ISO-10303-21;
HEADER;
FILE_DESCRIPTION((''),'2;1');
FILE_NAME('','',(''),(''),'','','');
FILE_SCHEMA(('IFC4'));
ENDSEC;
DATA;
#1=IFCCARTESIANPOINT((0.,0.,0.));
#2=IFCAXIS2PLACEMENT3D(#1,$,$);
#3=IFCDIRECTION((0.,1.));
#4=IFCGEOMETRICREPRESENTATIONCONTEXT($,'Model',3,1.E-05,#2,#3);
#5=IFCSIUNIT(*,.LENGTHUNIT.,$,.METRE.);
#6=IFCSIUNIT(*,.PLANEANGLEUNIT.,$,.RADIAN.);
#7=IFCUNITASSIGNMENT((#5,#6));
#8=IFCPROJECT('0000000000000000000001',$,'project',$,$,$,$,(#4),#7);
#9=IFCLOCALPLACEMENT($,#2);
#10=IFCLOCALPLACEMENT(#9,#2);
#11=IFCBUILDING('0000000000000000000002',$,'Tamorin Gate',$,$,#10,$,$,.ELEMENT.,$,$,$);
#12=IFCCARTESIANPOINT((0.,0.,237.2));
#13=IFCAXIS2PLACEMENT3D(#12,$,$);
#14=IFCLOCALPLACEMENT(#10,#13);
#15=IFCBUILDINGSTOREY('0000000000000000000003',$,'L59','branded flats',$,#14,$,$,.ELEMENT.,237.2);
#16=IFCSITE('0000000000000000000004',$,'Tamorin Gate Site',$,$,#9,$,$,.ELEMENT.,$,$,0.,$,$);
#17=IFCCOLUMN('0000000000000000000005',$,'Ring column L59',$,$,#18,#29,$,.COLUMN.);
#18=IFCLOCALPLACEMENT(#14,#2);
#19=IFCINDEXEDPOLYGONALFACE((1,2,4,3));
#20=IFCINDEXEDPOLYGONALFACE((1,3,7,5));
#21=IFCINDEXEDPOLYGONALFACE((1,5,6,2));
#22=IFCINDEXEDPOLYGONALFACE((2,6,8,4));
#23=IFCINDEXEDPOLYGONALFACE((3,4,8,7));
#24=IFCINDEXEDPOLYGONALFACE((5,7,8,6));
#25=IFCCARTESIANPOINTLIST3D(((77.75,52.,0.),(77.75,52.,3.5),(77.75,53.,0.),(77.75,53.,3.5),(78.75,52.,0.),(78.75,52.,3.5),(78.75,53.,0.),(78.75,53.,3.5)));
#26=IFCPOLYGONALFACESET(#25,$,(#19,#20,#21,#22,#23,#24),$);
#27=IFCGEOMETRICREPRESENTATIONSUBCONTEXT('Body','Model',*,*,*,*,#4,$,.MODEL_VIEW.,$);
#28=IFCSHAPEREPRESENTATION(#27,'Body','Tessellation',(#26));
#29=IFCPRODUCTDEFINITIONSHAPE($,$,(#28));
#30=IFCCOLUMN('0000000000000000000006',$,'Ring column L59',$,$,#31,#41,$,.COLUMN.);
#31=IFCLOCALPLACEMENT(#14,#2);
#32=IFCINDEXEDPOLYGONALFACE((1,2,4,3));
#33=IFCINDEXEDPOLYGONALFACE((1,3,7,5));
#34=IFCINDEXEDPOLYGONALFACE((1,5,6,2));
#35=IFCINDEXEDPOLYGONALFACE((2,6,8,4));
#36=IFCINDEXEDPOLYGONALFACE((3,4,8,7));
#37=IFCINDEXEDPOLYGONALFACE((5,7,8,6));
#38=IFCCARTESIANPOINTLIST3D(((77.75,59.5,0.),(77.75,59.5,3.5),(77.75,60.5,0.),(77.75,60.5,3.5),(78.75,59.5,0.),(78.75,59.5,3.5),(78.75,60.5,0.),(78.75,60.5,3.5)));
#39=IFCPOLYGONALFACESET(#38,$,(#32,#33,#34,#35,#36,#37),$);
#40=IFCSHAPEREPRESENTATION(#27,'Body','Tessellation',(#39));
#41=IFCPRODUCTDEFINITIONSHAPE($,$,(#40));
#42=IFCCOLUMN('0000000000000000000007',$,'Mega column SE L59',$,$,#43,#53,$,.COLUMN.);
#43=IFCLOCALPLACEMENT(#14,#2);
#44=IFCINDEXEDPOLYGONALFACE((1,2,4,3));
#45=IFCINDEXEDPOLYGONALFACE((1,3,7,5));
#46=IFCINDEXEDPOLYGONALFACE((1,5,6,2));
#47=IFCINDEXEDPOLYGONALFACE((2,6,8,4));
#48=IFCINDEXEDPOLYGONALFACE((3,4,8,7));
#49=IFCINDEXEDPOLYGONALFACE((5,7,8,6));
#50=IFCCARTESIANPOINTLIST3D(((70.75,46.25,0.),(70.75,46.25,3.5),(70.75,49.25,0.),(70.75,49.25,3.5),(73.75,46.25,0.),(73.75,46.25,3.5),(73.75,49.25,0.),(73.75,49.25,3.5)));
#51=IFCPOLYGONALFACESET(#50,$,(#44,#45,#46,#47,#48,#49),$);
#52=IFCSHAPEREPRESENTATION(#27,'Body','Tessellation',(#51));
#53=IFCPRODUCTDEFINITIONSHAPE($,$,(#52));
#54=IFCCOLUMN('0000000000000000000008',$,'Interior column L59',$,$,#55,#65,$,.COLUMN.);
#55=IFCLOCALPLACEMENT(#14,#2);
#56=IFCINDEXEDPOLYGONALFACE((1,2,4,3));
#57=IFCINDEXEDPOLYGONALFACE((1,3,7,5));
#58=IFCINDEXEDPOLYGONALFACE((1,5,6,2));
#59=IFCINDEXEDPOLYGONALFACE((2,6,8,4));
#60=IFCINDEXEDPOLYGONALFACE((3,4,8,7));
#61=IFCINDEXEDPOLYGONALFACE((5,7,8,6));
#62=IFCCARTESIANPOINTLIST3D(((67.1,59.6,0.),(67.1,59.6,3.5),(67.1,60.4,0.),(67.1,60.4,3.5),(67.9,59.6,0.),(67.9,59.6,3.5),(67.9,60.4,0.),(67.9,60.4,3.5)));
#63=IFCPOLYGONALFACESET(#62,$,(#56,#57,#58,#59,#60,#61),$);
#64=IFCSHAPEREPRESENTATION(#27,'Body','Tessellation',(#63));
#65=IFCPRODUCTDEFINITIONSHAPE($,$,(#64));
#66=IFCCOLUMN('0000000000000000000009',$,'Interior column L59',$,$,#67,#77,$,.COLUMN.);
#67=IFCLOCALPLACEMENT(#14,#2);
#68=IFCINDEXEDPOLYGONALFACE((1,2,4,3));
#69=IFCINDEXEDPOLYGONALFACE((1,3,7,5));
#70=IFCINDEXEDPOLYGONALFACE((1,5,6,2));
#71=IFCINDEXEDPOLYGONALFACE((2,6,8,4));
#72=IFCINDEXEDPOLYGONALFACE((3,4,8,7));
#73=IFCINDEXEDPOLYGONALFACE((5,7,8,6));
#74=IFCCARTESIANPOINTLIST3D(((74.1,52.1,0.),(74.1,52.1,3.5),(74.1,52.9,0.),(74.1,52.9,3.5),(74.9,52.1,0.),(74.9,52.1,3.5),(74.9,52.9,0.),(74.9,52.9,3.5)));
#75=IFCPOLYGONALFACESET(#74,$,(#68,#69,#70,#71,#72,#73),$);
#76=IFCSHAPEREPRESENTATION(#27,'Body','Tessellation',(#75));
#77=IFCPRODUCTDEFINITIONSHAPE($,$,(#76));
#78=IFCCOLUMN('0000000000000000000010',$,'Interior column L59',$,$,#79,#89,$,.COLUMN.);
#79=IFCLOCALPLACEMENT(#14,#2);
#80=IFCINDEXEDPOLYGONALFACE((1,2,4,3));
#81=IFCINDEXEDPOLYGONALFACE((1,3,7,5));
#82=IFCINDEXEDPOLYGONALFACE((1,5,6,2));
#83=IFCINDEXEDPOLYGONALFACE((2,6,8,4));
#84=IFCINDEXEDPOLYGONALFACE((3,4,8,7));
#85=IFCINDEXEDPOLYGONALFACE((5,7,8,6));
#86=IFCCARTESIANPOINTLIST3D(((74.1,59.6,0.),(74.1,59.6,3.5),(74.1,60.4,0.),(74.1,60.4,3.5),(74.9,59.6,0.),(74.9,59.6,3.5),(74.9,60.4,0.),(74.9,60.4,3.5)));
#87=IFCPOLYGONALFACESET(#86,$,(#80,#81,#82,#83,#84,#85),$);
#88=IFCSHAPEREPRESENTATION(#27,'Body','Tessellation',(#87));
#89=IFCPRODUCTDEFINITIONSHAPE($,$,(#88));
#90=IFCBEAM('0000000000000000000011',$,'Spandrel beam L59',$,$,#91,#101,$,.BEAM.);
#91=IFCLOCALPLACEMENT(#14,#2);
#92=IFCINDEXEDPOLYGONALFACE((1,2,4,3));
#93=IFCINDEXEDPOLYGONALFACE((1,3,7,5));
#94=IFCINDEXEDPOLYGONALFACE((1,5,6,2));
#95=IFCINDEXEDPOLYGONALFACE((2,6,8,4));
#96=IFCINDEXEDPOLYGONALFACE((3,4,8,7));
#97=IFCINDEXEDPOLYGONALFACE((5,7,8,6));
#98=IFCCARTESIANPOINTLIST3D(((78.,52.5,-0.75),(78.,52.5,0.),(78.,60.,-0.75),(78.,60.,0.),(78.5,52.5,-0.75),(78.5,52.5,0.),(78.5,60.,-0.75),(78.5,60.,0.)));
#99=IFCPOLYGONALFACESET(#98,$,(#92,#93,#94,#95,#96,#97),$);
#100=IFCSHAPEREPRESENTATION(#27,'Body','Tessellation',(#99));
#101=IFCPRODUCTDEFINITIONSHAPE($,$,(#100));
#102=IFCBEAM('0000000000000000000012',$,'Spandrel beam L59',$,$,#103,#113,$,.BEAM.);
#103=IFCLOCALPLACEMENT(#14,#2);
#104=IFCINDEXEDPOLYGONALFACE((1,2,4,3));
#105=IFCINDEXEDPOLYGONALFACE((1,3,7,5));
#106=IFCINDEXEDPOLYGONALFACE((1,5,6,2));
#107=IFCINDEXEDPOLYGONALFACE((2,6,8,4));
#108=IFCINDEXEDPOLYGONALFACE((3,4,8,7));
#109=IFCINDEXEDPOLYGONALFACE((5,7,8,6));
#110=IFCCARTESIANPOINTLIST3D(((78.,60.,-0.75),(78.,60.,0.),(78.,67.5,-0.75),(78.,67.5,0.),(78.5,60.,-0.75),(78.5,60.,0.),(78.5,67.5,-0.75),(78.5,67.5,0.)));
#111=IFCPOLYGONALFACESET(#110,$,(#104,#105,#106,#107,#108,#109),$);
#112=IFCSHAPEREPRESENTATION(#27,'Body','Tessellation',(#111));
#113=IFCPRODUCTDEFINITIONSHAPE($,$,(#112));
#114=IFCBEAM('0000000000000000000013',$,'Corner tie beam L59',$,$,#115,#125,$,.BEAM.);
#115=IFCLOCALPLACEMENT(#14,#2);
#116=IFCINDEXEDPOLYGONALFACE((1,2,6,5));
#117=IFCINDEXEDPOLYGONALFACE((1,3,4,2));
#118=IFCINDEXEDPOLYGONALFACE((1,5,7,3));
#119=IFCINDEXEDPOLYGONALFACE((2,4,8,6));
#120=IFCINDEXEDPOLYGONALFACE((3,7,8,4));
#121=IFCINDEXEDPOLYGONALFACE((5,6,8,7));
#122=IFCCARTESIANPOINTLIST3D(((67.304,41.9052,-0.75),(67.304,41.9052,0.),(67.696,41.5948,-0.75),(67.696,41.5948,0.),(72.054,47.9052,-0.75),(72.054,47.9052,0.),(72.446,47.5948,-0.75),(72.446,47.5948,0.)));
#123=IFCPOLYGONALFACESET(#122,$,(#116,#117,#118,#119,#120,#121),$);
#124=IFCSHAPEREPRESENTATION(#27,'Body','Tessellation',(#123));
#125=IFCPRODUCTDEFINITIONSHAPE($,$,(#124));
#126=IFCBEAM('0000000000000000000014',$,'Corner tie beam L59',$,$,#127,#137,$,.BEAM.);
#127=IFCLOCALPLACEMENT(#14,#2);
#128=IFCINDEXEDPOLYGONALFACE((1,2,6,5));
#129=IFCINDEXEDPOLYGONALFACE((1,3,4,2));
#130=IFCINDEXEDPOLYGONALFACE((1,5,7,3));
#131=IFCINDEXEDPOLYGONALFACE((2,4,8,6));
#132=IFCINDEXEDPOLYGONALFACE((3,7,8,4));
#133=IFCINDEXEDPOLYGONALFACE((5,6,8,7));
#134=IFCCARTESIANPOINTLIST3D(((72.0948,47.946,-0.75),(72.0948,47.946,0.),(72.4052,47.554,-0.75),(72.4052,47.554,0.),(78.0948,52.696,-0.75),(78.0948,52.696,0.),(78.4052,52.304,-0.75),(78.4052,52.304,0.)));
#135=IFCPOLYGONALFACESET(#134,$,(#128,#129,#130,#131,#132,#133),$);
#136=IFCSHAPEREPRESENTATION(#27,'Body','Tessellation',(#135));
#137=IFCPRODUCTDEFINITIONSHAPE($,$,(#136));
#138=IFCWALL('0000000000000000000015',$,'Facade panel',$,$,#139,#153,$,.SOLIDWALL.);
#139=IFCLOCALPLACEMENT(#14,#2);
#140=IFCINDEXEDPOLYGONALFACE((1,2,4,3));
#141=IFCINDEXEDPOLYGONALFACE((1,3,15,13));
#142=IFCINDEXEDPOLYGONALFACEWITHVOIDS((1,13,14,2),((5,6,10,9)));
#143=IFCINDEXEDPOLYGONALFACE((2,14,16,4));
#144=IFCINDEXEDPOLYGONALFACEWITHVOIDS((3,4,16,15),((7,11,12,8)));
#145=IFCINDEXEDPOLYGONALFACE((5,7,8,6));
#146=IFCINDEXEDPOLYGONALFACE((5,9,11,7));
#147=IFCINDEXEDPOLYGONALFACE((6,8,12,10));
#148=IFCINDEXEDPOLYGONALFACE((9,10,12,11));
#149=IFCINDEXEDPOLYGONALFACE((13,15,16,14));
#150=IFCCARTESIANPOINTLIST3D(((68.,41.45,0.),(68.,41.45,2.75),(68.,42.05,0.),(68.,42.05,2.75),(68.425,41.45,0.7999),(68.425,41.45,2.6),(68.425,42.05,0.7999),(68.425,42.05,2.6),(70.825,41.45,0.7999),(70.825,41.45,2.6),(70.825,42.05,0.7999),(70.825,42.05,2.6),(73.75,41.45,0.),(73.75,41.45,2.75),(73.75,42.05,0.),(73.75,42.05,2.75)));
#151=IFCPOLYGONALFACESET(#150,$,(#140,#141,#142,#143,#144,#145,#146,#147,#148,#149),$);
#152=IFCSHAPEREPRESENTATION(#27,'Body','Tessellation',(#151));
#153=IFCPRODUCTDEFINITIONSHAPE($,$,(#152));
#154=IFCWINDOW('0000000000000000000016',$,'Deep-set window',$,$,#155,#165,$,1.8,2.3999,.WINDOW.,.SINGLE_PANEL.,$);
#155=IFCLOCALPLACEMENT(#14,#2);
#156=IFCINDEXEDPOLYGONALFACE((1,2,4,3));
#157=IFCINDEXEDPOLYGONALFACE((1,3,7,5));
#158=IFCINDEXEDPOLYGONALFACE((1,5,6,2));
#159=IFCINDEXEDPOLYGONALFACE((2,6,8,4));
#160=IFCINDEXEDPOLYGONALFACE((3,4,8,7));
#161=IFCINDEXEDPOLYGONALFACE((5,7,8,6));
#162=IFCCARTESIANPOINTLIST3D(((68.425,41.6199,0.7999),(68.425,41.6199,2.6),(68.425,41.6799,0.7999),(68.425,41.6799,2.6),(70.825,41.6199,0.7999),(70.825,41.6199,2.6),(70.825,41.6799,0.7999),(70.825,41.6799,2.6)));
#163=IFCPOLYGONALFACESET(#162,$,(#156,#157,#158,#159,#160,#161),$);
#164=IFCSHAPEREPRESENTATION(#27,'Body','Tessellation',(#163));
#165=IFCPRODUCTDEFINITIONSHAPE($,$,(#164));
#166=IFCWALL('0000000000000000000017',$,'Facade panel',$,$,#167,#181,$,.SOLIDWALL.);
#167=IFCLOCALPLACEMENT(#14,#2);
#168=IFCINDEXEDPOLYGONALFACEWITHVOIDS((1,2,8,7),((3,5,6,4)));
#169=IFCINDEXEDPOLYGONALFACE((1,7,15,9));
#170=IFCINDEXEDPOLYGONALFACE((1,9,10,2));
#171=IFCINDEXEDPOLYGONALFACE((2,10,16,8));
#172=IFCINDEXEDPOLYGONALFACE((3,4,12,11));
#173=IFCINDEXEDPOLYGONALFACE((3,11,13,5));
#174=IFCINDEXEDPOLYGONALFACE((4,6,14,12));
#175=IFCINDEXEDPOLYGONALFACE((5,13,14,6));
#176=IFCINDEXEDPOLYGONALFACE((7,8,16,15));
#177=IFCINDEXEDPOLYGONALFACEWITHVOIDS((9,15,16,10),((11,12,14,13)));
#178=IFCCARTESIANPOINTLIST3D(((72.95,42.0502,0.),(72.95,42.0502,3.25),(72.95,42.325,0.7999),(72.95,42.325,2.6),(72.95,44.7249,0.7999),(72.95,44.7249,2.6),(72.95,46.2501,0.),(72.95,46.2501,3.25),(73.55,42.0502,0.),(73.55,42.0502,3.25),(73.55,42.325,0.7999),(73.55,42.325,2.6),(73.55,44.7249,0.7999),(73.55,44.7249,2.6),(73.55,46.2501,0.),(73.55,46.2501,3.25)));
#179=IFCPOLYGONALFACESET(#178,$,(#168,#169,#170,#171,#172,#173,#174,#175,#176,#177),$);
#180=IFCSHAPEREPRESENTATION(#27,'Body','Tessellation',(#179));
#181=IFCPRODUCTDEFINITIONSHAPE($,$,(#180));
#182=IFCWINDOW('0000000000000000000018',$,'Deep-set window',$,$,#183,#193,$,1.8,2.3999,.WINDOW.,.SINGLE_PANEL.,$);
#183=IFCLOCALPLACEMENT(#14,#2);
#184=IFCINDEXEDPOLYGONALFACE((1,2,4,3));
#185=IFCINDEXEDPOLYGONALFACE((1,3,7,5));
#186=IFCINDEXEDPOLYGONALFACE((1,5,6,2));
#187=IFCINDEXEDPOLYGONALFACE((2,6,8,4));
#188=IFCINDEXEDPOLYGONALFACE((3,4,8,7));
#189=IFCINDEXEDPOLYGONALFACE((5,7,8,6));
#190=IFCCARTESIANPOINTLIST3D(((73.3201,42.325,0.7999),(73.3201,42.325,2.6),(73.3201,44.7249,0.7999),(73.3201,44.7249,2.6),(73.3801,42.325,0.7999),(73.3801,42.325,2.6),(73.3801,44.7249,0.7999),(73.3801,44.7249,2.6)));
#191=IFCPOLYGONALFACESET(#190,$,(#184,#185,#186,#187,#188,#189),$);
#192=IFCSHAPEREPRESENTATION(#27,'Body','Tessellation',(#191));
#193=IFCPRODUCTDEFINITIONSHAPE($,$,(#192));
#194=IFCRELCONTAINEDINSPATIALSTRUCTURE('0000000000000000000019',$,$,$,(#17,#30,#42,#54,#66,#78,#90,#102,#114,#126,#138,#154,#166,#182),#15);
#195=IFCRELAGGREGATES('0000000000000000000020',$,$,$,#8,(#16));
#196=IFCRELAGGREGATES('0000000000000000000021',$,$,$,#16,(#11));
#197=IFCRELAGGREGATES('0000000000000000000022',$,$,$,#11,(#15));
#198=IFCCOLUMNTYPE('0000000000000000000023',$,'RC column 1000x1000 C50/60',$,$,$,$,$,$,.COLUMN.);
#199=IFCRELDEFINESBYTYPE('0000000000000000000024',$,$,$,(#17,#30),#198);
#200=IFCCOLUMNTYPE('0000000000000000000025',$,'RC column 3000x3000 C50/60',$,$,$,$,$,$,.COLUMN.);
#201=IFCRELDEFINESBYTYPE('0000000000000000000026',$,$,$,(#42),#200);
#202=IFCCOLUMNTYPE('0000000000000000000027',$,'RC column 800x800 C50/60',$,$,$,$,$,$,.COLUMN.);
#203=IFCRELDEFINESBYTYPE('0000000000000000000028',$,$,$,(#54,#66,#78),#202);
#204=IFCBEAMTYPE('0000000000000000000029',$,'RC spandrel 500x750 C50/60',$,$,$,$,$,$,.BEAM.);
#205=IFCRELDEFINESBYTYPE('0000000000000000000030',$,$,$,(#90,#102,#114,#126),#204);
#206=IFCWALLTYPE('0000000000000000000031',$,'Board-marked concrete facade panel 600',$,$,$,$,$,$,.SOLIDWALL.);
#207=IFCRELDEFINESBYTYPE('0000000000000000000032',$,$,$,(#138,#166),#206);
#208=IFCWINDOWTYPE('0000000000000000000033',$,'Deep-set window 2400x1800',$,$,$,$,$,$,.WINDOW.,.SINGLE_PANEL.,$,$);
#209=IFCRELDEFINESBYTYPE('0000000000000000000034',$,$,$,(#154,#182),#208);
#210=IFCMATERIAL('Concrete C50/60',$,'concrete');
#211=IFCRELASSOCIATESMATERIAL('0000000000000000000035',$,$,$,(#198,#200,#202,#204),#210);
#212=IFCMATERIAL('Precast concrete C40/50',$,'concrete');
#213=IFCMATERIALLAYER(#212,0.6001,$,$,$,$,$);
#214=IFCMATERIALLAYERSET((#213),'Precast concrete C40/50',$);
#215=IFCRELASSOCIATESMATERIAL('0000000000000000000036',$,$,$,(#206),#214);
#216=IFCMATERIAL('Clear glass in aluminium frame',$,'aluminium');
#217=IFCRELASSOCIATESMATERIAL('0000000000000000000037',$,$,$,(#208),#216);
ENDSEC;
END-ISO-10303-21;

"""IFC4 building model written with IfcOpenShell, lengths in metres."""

from ifc_helpers import new_model, si_unit, direction, frame, frame_2d, origin, origin_2d, place, context, subcontext, project, spatial, rectangle, extrude, material, layer, layer_set, material_profile, profile_set, type_object, element, fill, save


model = new_model("IFC4")

# Units and contexts
model_context = context("Model", 3, precision=1e-05, world=origin(), true_north=direction((0.0, 1.0)))
body_context = subcontext(model_context, "Body", "Model", "MODEL_VIEW")
ifc_project = project(units=[si_unit("LENGTHUNIT", "METRE"), si_unit("PLANEANGLEUNIT", "RADIAN")], contexts=[model_context])

# Site, building, storey
site_placement = place(None, origin())
site = spatial("IfcSite", under=ifc_project, at=site_placement, Name="Tamorin Gate Site", CompositionType="ELEMENT", RefElevation=0.0)
building_placement = place(site_placement, origin())
building = spatial("IfcBuilding", under=site, at=building_placement, Name="Tamorin Gate", CompositionType="ELEMENT")
storey_placement = place(building_placement, frame((0.0, 0.0, 237.2)))
storey = spatial("IfcBuildingStorey", under=building, at=storey_placement, Name="L59", Description="branded flats", CompositionType="ELEMENT", Elevation=237.2)

# Columns
ifc_material_1 = material(Name="Concrete C50/60", Category="concrete")
ifc_material_profile_1 = material_profile(ifc_material_1, rectangle(XDim=1.0, YDim=1.0, at=origin_2d()), Name="RC 1000x1000")
ifc_profile_set_1 = profile_set([ifc_material_profile_1], Name="Concrete C50/60")
column_type_1 = type_object("IfcColumnType", Name="RC column 1000x1000 C50/60", PredefinedType="COLUMN", material=ifc_profile_set_1)
for number, where, z_axis, x_axis, name in (
    (1, (78.25, 52.5, 0.0), (0.0, 0.0, 1.0), (1.0, 0.0, 0.0), "Ring column L59"),
    (2, (78.25, 60.0, 0.0), (0.0, 0.0, 1.0), (1.0, 0.0, 0.0), "Ring column L59"),
):
    element("IfcColumn", number, at=place(storey_placement, frame(where, z_axis=z_axis, x_axis=x_axis)), inside=storey, type_object=column_type_1, Name=name, PredefinedType="COLUMN", context=body_context, shape_type="SweptSolid", body=[
        extrude(rectangle(XDim=1.0, YDim=1.0, at=origin_2d()), origin(), (0.0, 0.0, 1.0), 3.5),
    ])
ifc_material_profile_2 = material_profile(ifc_material_1, rectangle(XDim=3.0, YDim=3.0, at=origin_2d()), Name="RC 3000x3000")
ifc_profile_set_2 = profile_set([ifc_material_profile_2], Name="Concrete C50/60")
column_type_2 = type_object("IfcColumnType", Name="RC column 3000x3000 C50/60", PredefinedType="COLUMN", material=ifc_profile_set_2)
column_placement = place(storey_placement, frame((72.25, 47.75, 0.0), z_axis=(0.0, 0.0, 1.0), x_axis=(1.0, 0.0, 0.0)))
element("IfcColumn", 3, at=column_placement, inside=storey, type_object=column_type_2, Name="Mega column SE L59", PredefinedType="COLUMN", context=body_context, shape_type="SweptSolid", body=[
    extrude(rectangle(XDim=3.0, YDim=3.0, at=origin_2d()), origin(), (0.0, 0.0, 1.0), 3.5),
])
ifc_material_profile_3 = material_profile(ifc_material_1, rectangle(XDim=0.8, YDim=0.8, at=origin_2d()), Name="RC 800x800")
ifc_profile_set_3 = profile_set([ifc_material_profile_3], Name="Concrete C50/60")
column_type_3 = type_object("IfcColumnType", Name="RC column 800x800 C50/60", PredefinedType="COLUMN", material=ifc_profile_set_3)
for number, where, z_axis, x_axis, name in (
    (4, (67.5, 60.0, 0.0), (0.0, 0.0, 1.0), (1.0, 0.0, 0.0), "Interior column L59"),
    (5, (74.5, 52.5, 0.0), (0.0, 0.0, 1.0), (1.0, 0.0, 0.0), "Interior column L59"),
    (6, (74.5, 60.0, 0.0), (0.0, 0.0, 1.0), (1.0, 0.0, 0.0), "Interior column L59"),
):
    element("IfcColumn", number, at=place(storey_placement, frame(where, z_axis=z_axis, x_axis=x_axis)), inside=storey, type_object=column_type_3, Name=name, PredefinedType="COLUMN", context=body_context, shape_type="SweptSolid", body=[
        extrude(rectangle(XDim=0.8, YDim=0.8, at=origin_2d()), origin(), (0.0, 0.0, 1.0), 3.5),
    ])

# Beams
ifc_material_profile_4 = material_profile(ifc_material_1, rectangle(XDim=0.5, YDim=0.75, at=origin_2d()), Name="RC 500x750")
ifc_profile_set_4 = profile_set([ifc_material_profile_4], Name="Concrete C50/60")
beam_type = type_object("IfcBeamType", Name="RC spandrel 500x750 C50/60", PredefinedType="BEAM", material=ifc_profile_set_4)
for number, where, z_axis, x_axis, name in (
    (7, (78.25, 52.5, -0.375), (0.0, 1.0, 0.0), (-1.0, 0.0, 0.0), "Spandrel beam L59"),
    (8, (78.25, 60.0, -0.375), (0.0, 1.0, 0.0), (-1.0, 0.0, 0.0), "Spandrel beam L59"),
):
    element("IfcBeam", number, at=place(storey_placement, frame(where, z_axis=z_axis, x_axis=x_axis)), inside=storey, type_object=beam_type, Name=name, PredefinedType="BEAM", context=body_context, shape_type="SweptSolid", body=[
        extrude(rectangle(XDim=0.5, YDim=0.75, at=origin_2d()), origin(), (0.0, 0.0, 1.0), 7.5),
    ])
for number, where, z_axis, x_axis, name in (
    (9, (72.25, 47.75, -0.375), (-0.620703, -0.784046, 0.0), (0.784046, -0.620703, 0.0), "Corner tie beam L59"),
    (10, (72.25, 47.75, -0.375), (0.784046, 0.620703, 0.0), (-0.620703, 0.784046, 0.0), "Corner tie beam L59"),
):
    element("IfcBeam", number, at=place(storey_placement, frame(where, z_axis=z_axis, x_axis=x_axis)), inside=storey, type_object=beam_type, Name=name, PredefinedType="BEAM", context=body_context, shape_type="SweptSolid", body=[
        extrude(rectangle(XDim=0.5, YDim=0.75, at=origin_2d()), origin(), (0.0, 0.0, 1.0), 7.6526),
    ])

# Walls, openings, windows
ifc_material_2 = material(Name="Precast concrete C40/50", Category="concrete")
ifc_layer = layer(ifc_material_2, 0.6001)
ifc_layer_set = layer_set([ifc_layer], Name="Precast concrete C40/50")
wall_type = type_object("IfcWallType", Name="Board-marked concrete facade panel 600", PredefinedType="SOLIDWALL", material=ifc_layer_set)
wall_1_placement = place(storey_placement, frame((68.0, 41.75, 0.0), z_axis=(0.0, 0.0, 1.0), x_axis=(1.0, 0.0, 0.0)))
wall_1 = element("IfcWall", 11, at=wall_1_placement, inside=storey, type_object=wall_type, Name="Facade panel", PredefinedType="SOLIDWALL", context=body_context, shape_type="SweptSolid", body=[
    extrude(rectangle(XDim=5.75, YDim=0.6001, at=frame_2d((2.875, 0.0))), origin(), (0.0, 0.0, 1.0), 2.75),
])
opening_1_placement = place(wall_1_placement, frame((0.425, 0.0, 0.8)))
opening_1 = element("IfcOpeningElement", 12, at=opening_1_placement, cuts=wall_1, PredefinedType="OPENING", context=body_context, shape_type="SweptSolid", body=[
    extrude(rectangle(XDim=2.3999, YDim=1.8, at=frame_2d((1.2, 0.8999))), frame((0.0, 0.3101, 0.0), z_axis=(0.0, -1.0, 0.0), x_axis=(1.0, 0.0, 0.0)), (0.0, 0.0, 1.0), 0.6201),
])
ifc_material_3 = material(Name="Clear glass in aluminium frame", Category="aluminium")
window_type = type_object("IfcWindowType", Name="Deep-set window 2400x1800", PartitioningType="SINGLE_PANEL", PredefinedType="WINDOW", material=ifc_material_3)
window_1_placement = place(opening_1_placement, origin())
window_1 = element("IfcWindow", 13, at=window_1_placement, inside=storey, type_object=window_type, Name="Deep-set window", OverallHeight=1.8, OverallWidth=2.3999, PartitioningType="SINGLE_PANEL", PredefinedType="WINDOW", context=body_context, shape_type="SweptSolid", body=[
    extrude(rectangle(XDim=2.3999, YDim=1.8, at=frame_2d((1.2, 0.8999))), frame((0.0, -0.0701, 0.0), z_axis=(0.0, -1.0, 0.0), x_axis=(1.0, 0.0, 0.0)), (0.0, 0.0, 1.0), 0.0601),
])
fill(opening_1, window_1)
wall_2_placement = place(storey_placement, frame((73.25, 42.05, 0.0), z_axis=(0.0, 0.0, 1.0), x_axis=(0.0, 1.0, 0.0)))
wall_2 = element("IfcWall", 14, at=wall_2_placement, inside=storey, type_object=wall_type, Name="Facade panel", PredefinedType="SOLIDWALL", context=body_context, shape_type="SweptSolid", body=[
    extrude(rectangle(XDim=4.2, YDim=0.6001, at=frame_2d((2.1001, 0.0))), origin(), (0.0, 0.0, 1.0), 3.25),
])
opening_2_placement = place(wall_2_placement, frame((0.2749, 0.0, 0.8)))
opening_2 = element("IfcOpeningElement", 15, at=opening_2_placement, cuts=wall_2, PredefinedType="OPENING", context=body_context, shape_type="SweptSolid", body=[
    extrude(rectangle(XDim=2.3999, YDim=1.8, at=frame_2d((1.2, 0.8999))), frame((0.0, 0.3101, 0.0), z_axis=(0.0, -1.0, 0.0), x_axis=(1.0, 0.0, 0.0)), (0.0, 0.0, 1.0), 0.6201),
])
window_2_placement = place(opening_2_placement, origin())
window_2 = element("IfcWindow", 16, at=window_2_placement, inside=storey, type_object=window_type, Name="Deep-set window", OverallHeight=1.8, OverallWidth=2.3999, PartitioningType="SINGLE_PANEL", PredefinedType="WINDOW", context=body_context, shape_type="SweptSolid", body=[
    extrude(rectangle(XDim=2.3999, YDim=1.8, at=frame_2d((1.2, 0.8999))), frame((0.0, -0.0701, 0.0), z_axis=(0.0, -1.0, 0.0), x_axis=(1.0, 0.0, 0.0)), (0.0, 0.0, 1.0), 0.0601),
])
fill(opening_2, window_2)

save(model, "model.ifc")
